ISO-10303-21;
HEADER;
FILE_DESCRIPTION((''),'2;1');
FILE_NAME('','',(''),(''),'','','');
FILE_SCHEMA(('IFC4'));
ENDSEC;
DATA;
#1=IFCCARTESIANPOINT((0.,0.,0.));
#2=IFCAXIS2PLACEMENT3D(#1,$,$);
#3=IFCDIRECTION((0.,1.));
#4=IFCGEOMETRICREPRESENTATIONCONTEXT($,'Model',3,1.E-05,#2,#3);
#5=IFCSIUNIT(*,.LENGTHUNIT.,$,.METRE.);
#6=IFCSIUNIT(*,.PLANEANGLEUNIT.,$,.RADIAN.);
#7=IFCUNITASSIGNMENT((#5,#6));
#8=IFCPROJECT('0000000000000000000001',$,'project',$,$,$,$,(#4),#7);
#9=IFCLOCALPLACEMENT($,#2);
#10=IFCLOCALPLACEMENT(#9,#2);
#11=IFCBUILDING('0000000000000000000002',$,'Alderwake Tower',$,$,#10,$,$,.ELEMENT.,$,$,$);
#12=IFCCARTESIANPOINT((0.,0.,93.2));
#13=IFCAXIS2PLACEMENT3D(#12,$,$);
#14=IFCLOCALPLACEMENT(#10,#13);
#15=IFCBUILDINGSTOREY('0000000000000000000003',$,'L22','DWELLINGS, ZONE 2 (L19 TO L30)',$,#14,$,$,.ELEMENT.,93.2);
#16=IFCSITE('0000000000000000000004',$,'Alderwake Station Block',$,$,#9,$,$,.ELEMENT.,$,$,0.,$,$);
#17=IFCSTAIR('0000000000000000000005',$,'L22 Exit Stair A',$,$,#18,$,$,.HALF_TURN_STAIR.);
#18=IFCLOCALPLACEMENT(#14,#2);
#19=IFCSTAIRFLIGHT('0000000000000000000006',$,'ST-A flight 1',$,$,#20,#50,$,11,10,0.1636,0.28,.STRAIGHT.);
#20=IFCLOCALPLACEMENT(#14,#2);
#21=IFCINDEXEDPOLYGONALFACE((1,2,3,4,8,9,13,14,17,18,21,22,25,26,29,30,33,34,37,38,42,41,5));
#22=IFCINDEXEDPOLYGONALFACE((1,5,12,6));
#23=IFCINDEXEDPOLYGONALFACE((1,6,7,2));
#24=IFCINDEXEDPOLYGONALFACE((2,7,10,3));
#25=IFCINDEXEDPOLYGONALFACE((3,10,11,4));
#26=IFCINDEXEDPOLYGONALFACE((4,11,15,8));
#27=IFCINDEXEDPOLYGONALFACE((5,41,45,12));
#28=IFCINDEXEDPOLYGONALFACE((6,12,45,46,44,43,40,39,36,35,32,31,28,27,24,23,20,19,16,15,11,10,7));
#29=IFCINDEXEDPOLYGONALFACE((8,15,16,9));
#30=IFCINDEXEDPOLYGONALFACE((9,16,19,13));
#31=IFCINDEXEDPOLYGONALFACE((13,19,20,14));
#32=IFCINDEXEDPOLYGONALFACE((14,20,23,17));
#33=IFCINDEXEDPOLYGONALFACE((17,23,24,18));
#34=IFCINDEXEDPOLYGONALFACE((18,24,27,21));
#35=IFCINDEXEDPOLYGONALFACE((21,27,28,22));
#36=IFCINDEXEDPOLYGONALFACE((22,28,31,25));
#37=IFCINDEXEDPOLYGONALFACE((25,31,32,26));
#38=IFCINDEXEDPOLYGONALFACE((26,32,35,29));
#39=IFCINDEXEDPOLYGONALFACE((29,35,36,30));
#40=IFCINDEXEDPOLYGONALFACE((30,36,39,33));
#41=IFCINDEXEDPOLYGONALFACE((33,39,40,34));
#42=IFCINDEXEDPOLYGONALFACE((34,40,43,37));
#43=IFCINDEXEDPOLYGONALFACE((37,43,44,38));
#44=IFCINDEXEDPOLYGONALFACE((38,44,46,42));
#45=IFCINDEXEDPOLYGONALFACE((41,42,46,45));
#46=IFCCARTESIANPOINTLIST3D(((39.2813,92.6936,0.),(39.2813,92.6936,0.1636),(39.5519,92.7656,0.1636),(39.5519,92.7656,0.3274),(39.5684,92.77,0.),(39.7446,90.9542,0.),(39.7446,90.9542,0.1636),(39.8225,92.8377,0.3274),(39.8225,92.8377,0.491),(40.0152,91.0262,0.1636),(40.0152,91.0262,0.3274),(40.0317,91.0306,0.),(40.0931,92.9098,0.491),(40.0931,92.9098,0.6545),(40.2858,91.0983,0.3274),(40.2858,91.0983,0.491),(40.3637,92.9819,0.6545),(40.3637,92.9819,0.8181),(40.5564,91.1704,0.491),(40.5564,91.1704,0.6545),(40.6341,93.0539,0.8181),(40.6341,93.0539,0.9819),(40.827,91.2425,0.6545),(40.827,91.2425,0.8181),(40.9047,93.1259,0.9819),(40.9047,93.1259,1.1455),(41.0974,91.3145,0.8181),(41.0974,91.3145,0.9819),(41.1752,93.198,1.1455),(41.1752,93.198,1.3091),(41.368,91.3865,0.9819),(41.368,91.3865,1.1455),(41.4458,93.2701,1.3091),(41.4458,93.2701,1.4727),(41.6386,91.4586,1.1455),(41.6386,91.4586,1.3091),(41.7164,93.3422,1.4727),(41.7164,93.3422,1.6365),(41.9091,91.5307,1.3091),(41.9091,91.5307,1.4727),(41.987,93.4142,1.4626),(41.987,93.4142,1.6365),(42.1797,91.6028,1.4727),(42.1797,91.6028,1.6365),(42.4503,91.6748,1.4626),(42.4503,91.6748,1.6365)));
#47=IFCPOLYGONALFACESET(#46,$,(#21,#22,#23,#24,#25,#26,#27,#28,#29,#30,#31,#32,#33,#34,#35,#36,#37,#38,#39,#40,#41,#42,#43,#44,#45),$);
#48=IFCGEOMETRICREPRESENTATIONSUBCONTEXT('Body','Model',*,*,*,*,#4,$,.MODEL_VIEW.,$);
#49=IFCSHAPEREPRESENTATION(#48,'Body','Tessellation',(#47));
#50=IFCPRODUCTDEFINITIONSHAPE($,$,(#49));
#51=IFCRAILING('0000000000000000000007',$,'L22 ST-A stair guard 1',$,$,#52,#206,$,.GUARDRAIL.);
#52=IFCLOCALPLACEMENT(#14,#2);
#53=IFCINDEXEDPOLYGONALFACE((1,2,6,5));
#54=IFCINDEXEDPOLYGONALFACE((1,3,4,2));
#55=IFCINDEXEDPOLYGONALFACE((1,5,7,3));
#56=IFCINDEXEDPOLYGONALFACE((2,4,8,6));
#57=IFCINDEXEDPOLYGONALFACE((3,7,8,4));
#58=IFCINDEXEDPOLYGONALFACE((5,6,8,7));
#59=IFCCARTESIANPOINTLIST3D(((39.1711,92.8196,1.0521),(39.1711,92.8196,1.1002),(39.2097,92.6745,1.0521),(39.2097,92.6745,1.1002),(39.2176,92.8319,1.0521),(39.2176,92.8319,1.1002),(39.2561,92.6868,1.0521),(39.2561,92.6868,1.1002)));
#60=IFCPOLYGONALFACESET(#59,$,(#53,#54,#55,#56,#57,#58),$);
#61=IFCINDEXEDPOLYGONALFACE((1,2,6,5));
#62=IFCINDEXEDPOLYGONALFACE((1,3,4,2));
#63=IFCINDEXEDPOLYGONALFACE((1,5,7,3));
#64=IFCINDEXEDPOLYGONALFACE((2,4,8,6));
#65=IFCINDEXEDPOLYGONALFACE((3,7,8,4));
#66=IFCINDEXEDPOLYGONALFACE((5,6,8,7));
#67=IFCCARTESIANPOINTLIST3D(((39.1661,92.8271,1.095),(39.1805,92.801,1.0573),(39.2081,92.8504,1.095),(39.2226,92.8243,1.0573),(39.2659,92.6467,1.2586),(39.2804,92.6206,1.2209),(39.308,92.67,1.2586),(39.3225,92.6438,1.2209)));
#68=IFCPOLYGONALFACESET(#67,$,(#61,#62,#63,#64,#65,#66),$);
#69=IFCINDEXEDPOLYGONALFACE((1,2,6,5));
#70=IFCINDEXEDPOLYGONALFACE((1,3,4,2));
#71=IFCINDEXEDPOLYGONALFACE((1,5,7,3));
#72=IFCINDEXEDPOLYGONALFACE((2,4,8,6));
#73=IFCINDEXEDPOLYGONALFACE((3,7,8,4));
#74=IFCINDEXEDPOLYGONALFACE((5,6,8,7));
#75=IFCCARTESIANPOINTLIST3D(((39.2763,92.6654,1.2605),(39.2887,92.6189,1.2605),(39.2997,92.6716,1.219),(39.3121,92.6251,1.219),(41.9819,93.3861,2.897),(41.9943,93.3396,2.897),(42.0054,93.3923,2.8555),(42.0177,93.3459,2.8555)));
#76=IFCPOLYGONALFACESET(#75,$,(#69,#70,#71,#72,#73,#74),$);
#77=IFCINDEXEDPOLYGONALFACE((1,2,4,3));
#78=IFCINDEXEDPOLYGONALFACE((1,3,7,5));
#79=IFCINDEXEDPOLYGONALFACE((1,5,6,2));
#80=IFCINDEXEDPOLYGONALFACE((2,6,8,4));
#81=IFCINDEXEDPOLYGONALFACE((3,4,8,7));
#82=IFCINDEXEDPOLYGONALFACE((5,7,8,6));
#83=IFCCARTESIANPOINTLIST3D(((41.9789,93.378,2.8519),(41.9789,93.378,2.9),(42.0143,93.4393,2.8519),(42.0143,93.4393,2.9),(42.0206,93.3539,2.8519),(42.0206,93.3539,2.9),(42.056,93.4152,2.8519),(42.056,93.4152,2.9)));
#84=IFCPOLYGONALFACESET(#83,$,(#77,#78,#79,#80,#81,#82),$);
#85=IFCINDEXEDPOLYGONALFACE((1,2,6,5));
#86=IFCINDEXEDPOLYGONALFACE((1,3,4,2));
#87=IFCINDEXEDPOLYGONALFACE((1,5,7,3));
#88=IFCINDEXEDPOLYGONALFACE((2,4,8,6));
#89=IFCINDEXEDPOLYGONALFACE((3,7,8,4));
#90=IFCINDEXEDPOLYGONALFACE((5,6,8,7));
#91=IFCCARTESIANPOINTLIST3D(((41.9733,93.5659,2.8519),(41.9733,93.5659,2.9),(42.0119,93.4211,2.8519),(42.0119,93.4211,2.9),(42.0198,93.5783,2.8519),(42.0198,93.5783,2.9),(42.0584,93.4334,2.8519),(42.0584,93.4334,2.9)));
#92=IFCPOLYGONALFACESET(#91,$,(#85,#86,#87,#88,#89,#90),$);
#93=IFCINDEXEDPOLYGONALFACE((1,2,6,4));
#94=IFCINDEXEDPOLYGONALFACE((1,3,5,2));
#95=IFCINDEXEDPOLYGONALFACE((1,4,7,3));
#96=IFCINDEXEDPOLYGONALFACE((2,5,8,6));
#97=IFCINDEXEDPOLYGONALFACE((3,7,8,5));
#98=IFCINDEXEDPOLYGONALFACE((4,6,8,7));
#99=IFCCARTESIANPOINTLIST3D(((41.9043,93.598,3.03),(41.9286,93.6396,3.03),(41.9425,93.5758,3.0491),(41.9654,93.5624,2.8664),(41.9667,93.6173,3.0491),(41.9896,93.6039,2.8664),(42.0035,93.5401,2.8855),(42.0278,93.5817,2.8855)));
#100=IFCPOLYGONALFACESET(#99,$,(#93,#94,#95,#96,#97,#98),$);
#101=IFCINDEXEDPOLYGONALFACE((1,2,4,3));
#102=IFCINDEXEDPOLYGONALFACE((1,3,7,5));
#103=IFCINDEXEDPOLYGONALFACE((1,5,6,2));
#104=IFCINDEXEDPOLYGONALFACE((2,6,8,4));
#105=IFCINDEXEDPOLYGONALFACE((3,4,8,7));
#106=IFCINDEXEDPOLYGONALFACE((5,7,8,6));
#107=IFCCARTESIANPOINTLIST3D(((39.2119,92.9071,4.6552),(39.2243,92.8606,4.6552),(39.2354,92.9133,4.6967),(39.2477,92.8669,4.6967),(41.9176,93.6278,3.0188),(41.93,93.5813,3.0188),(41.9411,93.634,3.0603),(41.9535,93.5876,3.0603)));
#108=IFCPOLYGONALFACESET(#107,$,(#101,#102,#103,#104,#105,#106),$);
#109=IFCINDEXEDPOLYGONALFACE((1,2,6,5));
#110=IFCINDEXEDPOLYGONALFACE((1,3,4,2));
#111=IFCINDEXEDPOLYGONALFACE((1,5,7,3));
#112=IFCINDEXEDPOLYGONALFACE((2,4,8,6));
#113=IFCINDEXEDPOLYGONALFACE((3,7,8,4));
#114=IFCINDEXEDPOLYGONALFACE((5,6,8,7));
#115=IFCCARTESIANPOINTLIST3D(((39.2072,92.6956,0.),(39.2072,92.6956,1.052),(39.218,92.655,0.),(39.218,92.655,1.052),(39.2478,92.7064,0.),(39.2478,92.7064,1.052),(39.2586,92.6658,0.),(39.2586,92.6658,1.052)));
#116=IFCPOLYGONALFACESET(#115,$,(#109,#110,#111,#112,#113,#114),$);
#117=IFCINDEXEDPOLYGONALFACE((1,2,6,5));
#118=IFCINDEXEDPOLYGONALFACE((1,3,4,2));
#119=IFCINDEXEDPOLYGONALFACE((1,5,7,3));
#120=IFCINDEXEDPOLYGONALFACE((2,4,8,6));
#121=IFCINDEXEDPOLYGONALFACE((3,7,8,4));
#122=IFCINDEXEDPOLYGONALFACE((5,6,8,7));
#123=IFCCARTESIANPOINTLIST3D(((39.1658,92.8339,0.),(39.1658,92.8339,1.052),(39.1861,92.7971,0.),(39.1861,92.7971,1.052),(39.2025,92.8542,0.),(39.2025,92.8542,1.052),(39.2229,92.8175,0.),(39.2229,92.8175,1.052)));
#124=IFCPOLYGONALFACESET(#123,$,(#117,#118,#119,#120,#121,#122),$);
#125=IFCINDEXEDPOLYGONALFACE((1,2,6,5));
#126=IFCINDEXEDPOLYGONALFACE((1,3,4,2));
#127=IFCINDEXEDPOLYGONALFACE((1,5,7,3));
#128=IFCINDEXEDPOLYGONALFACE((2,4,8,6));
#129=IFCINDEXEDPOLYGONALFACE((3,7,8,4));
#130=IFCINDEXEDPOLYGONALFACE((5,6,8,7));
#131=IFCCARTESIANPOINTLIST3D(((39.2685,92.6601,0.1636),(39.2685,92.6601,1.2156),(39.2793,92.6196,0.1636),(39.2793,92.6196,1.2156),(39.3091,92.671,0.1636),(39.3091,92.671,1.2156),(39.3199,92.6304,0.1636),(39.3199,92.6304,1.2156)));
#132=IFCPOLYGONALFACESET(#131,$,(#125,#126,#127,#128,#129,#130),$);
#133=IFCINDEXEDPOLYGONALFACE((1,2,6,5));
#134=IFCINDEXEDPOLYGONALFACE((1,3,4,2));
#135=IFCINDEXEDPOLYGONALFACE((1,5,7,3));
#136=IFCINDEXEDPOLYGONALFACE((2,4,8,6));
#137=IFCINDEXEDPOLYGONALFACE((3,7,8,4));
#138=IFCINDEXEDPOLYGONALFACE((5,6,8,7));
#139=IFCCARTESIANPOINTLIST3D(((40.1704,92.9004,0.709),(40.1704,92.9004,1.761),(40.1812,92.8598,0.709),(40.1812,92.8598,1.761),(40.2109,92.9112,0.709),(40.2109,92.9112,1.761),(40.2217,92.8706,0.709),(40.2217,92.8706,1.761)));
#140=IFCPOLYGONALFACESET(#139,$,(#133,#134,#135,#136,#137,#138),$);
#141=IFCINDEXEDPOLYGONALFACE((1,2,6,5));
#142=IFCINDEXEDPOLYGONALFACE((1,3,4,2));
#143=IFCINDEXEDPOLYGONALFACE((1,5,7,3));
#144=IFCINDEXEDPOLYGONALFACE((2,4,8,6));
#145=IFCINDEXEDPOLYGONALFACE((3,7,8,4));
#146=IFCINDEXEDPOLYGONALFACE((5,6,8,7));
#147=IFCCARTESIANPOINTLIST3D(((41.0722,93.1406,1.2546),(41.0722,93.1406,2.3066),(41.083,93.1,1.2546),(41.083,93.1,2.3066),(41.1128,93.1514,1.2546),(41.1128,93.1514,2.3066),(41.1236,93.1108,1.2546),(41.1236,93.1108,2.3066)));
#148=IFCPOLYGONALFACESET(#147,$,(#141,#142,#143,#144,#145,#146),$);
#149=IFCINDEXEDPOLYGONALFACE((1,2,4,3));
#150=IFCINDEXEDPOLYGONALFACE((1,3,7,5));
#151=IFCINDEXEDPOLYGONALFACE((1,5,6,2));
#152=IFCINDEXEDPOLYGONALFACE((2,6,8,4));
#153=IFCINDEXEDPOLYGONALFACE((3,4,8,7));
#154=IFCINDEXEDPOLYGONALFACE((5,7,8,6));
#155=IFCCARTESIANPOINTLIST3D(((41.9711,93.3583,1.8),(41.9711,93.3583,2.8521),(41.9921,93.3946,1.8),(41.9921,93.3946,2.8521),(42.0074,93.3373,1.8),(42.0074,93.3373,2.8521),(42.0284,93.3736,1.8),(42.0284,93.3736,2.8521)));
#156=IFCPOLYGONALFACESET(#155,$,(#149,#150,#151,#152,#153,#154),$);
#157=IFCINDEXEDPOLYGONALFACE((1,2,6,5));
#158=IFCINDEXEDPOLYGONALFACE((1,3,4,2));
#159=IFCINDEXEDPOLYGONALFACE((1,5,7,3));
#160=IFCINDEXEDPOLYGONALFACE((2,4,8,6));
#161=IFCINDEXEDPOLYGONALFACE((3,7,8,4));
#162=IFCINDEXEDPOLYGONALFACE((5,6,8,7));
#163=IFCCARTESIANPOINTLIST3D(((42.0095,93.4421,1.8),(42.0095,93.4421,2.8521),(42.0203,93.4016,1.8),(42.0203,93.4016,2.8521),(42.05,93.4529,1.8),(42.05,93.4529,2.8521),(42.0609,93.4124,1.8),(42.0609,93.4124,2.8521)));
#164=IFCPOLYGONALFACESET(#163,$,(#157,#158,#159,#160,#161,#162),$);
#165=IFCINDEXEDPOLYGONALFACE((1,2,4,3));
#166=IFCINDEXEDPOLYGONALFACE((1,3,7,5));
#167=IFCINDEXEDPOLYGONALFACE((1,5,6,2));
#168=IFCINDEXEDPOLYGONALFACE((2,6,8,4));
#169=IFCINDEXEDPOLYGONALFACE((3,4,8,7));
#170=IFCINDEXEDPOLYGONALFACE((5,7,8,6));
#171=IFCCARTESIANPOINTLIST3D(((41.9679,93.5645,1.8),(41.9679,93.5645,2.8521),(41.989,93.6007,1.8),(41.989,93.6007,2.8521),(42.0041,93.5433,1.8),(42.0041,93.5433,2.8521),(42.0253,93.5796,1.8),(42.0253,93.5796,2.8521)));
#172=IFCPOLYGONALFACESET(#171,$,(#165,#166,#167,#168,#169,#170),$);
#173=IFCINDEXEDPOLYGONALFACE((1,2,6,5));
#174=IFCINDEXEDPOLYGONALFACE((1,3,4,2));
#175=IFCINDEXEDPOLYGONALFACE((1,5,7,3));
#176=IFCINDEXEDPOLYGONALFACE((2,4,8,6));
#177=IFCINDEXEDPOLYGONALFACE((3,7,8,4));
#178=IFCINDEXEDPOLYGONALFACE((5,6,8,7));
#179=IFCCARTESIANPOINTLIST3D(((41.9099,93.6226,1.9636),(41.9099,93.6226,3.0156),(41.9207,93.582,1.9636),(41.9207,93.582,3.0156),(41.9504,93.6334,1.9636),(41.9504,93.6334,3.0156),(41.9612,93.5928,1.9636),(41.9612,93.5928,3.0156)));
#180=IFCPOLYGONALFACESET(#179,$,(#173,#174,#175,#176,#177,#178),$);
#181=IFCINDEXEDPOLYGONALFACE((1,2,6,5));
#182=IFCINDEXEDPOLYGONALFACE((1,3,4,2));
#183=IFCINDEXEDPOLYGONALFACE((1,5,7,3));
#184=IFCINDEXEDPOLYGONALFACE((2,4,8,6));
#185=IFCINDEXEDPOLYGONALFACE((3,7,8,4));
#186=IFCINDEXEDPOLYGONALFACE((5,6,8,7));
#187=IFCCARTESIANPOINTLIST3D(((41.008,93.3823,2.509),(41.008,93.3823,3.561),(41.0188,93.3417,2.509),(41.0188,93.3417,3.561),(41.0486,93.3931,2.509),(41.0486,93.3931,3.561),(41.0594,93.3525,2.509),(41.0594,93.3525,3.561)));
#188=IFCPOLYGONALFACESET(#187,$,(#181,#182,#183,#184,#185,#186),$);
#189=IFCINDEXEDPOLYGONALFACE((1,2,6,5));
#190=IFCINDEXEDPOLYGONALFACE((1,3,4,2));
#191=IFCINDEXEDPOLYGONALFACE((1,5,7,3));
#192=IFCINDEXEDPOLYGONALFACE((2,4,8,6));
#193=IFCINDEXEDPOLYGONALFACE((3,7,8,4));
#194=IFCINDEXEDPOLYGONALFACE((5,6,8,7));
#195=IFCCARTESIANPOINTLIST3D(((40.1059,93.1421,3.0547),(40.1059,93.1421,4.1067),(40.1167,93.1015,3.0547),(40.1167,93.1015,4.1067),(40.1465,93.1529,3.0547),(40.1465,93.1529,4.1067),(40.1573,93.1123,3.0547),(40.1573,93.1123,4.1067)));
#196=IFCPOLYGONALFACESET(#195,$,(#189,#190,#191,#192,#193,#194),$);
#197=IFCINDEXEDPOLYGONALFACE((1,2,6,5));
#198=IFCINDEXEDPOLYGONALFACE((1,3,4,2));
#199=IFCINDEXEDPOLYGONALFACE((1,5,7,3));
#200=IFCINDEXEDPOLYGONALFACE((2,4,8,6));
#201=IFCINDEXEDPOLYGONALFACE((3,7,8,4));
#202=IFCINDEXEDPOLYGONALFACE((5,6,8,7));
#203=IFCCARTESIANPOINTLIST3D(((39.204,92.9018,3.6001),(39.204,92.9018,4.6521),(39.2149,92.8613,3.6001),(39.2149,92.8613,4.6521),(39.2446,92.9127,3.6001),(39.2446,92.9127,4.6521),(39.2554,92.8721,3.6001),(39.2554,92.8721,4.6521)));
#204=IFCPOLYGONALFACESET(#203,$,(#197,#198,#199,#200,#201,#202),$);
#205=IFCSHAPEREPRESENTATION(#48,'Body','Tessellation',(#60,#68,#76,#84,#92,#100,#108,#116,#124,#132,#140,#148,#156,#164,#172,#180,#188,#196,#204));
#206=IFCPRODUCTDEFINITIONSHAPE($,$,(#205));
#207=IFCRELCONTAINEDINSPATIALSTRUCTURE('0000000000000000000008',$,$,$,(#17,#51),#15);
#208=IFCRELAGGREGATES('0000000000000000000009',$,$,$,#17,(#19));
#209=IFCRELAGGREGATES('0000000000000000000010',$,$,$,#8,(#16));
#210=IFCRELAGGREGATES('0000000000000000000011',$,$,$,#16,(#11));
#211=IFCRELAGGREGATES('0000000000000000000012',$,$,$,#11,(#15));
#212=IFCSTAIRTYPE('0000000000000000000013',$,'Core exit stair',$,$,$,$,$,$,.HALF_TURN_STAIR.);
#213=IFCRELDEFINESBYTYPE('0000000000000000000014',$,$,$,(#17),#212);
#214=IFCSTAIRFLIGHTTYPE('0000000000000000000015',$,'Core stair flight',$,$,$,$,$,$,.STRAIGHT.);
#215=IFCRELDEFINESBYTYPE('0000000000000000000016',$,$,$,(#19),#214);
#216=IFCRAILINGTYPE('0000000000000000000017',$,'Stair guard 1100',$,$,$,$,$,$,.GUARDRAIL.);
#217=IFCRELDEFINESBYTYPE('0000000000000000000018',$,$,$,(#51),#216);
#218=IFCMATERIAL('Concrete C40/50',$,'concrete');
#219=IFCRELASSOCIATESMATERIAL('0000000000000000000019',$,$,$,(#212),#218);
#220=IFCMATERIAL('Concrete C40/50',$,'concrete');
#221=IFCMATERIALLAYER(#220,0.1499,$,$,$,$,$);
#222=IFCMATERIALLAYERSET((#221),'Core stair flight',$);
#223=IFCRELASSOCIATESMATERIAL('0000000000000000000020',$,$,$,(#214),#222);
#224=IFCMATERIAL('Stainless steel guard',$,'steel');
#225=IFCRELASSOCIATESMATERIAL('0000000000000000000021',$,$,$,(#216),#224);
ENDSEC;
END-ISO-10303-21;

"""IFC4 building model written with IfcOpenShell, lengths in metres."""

from ifc_helpers import new_model, si_unit, direction, frame, origin, origin_2d, place, context, subcontext, project, spatial, polyline, rectangle, outline, extrude, material, layer, layer_set, type_object, element, aggregate, save


model = new_model("IFC4")

# Units and contexts
model_context = context("Model", 3, precision=1e-05, world=origin(), true_north=direction((0.0, 1.0)))
body_context = subcontext(model_context, "Body", "Model", "MODEL_VIEW")
ifc_project = project(units=[si_unit("LENGTHUNIT", "METRE"), si_unit("PLANEANGLEUNIT", "RADIAN")], contexts=[model_context])

# Site, building, storey
site_placement = place(None, origin())
site = spatial("IfcSite", under=ifc_project, at=site_placement, Name="Alderwake Station Block", CompositionType="ELEMENT", RefElevation=0.0)
building_placement = place(site_placement, origin())
building = spatial("IfcBuilding", under=site, at=building_placement, Name="Alderwake Tower", CompositionType="ELEMENT")
storey_placement = place(building_placement, frame((0.0, 0.0, 93.2)))
storey = spatial("IfcBuildingStorey", under=building, at=storey_placement, Name="L22", Description="DWELLINGS, ZONE 2 (L19 TO L30)", CompositionType="ELEMENT", Elevation=93.2)

# Stair, stair flight
ifc_material_1 = material(Name="Concrete C40/50", Category="concrete")
stair_type = type_object("IfcStairType", Name="Core exit stair", PredefinedType="HALF_TURN_STAIR", material=ifc_material_1)
stair_placement = place(storey_placement, origin())
stair = element("IfcStair", 1, at=stair_placement, inside=storey, type_object=stair_type, Name="L22 Exit Stair A", PredefinedType="HALF_TURN_STAIR")
ifc_material_2 = material(Name="Concrete C40/50", Category="concrete")
ifc_layer_1 = layer(ifc_material_2, 0.1499)
ifc_layer_set_1 = layer_set([ifc_layer_1], Name="Core stair flight")
stair_flight_type = type_object("IfcStairFlightType", Name="Core stair flight", PredefinedType="STRAIGHT", material=ifc_layer_set_1)
stair_flight_placement = place(storey_placement, frame((39.5129, 91.824, 0.0), z_axis=(0.0, 0.0, 1.0), x_axis=(0.96631, 0.257382, 0.0)))
stair_flight = element("IfcStairFlight", 2, at=stair_flight_placement, type_object=stair_flight_type, Name="ST-A flight 1", NumberOfRisers=11, NumberOfTreads=10, PredefinedType="STRAIGHT", RiserHeight=0.1636, TreadLength=0.28, context=body_context, shape_type="SweptSolid", body=[
    extrude(outline(polyline([(0.0, 0.0), (0.0, 0.1636), (0.28, 0.1636), (0.28, 0.3274), (0.5601, 0.3274), (0.5601, 0.491), (0.8401, 0.491), (0.8401, 0.6545), (1.1201, 0.6545), (1.1201, 0.8181), (1.3999, 0.8181), (1.3999, 0.9819), (1.6799, 0.9819), (1.6799, 1.1455), (1.96, 1.1455), (1.96, 1.3091), (2.24, 1.3091), (2.24, 1.4727), (2.52, 1.4727), (2.52, 1.6365), (2.8, 1.6365), (2.8, 1.8), (2.8, 1.4626), (0.2971, 0.0), (0.0, 0.0)])), frame((0.0, 0.8999, 0.0), z_axis=(0.0, -1.0, 0.0), x_axis=(1.0, 0.0, 0.0)), (0.0, 0.0, 1.0), 1.8),
])
aggregate(stair, [stair_flight])

# Railing
ifc_material_3 = material(Name="Stainless steel guard", Category="steel")
railing_type_1 = type_object("IfcRailingType", Name="Stair guard 1100", PredefinedType="GUARDRAIL", material=ifc_material_3)
railing_1_placement = place(storey_placement, frame((39.2329, 92.6807, 0.0)))
element("IfcRailing", 3, at=railing_1_placement, inside=storey, type_object=railing_type_1, Name="L22 ST-A stair guard 1", PredefinedType="GUARDRAIL", context=body_context, shape_type="SweptSolid", body=[
    extrude(rectangle(XDim=0.0481, YDim=0.0481, at=origin_2d()), frame((0.0, 0.0, 1.0762), z_axis=(-0.257055, 0.966397, 0.0), x_axis=(-0.966397, -0.257055, 0.0)), (0.0, 0.0, 1.0), 0.1501),
    extrude(rectangle(XDim=0.0481, YDim=0.0481, at=origin_2d()), frame((-0.0386, 0.145, 1.0762), z_axis=(0.379371, -0.685464, 0.621463), x_axis=(0.874938, 0.484235, 0.0)), (0.0, 0.0, 1.0), 0.2632),
    extrude(rectangle(XDim=0.0481, YDim=0.0481, at=origin_2d()), frame((0.0613, -0.0354, 1.2397), z_axis=(0.834259, 0.222228, 0.504605), x_axis=(-0.257402, 0.966304, 0.0)), (0.0, 0.0, 1.0), 3.2432),
    extrude(rectangle(XDim=0.0481, YDim=0.0481, at=origin_2d()), frame((2.7668, 0.6853, 2.876), z_axis=(0.50022, 0.865898, 0.0), x_axis=(-0.865898, 0.50022, 0.0)), (0.0, 0.0, 1.0), 0.0708),
    extrude(rectangle(XDim=0.0481, YDim=0.0481, at=origin_2d()), frame((2.8022, 0.7466, 2.876), z_axis=(-0.25746, 0.966289, 0.0), x_axis=(-0.966289, -0.25746, 0.0)), (0.0, 0.0, 1.0), 0.1499),
    extrude(rectangle(XDim=0.0481, YDim=0.0481, at=origin_2d()), frame((2.7637, 0.8914, 2.876), z_axis=(-0.342525, 0.200035, 0.917967), x_axis=(-0.5043, -0.863528, 0.0)), (0.0, 0.0, 1.0), 0.1782),
    extrude(rectangle(XDim=0.0481, YDim=0.0481, at=origin_2d()), frame((2.7026, 0.927, 3.0396), z_axis=(-0.834282, -0.222214, 0.504574), x_axis=(0.25738, -0.96631, 0.0)), (0.0, 0.0, 1.0), 3.2432),
    extrude(rectangle(XDim=0.042, YDim=0.042, at=origin_2d()), frame((0.0, 0.0, 0.0), z_axis=(0.0, 0.0, 1.0), x_axis=(-0.257055, 0.966397, 0.0)), (0.0, 0.0, 1.0), 1.052),
    extrude(rectangle(XDim=0.042, YDim=0.042, at=origin_2d()), frame((-0.0386, 0.145, 0.0), z_axis=(0.0, 0.0, 1.0), x_axis=(0.484235, -0.874938, 0.0)), (0.0, 0.0, 1.0), 1.052),
    extrude(rectangle(XDim=0.042, YDim=0.042, at=origin_2d()), frame((0.0613, -0.0354, 0.1636), z_axis=(0.0, 0.0, 1.0), x_axis=(0.966304, 0.257402, 0.0)), (0.0, 0.0, 1.0), 1.052),
    extrude(rectangle(XDim=0.042, YDim=0.042, at=origin_2d()), frame((0.9631, 0.2048, 0.709), z_axis=(0.0, 0.0, 1.0), x_axis=(0.966304, 0.257402, 0.0)), (0.0, 0.0, 1.0), 1.052),
    extrude(rectangle(XDim=0.042, YDim=0.042, at=origin_2d()), frame((1.865, 0.4451, 1.2546), z_axis=(0.0, 0.0, 1.0), x_axis=(0.966304, 0.257402, 0.0)), (0.0, 0.0, 1.0), 1.052),
    extrude(rectangle(XDim=0.042, YDim=0.042, at=origin_2d()), frame((2.7668, 0.6853, 1.8), z_axis=(0.0, 0.0, 1.0), x_axis=(0.50022, 0.865898, 0.0)), (0.0, 0.0, 1.0), 1.052),
    extrude(rectangle(XDim=0.042, YDim=0.042, at=origin_2d()), frame((2.8022, 0.7466, 1.8), z_axis=(0.0, 0.0, 1.0), x_axis=(-0.25746, 0.966289, 0.0)), (0.0, 0.0, 1.0), 1.052),
    extrude(rectangle(XDim=0.042, YDim=0.042, at=origin_2d()), frame((2.7637, 0.8914, 1.8), z_axis=(0.0, 0.0, 1.0), x_axis=(-0.863528, 0.5043, 0.0)), (0.0, 0.0, 1.0), 1.052),
    extrude(rectangle(XDim=0.042, YDim=0.042, at=origin_2d()), frame((2.7026, 0.927, 1.9636), z_axis=(0.0, 0.0, 1.0), x_axis=(-0.96631, -0.25738, 0.0)), (0.0, 0.0, 1.0), 1.052),
    extrude(rectangle(XDim=0.042, YDim=0.042, at=origin_2d()), frame((1.8008, 0.6868, 2.509), z_axis=(0.0, 0.0, 1.0), x_axis=(-0.96631, -0.25738, 0.0)), (0.0, 0.0, 1.0), 1.052),
    extrude(rectangle(XDim=0.042, YDim=0.042, at=origin_2d()), frame((0.8987, 0.4465, 3.0547), z_axis=(0.0, 0.0, 1.0), x_axis=(-0.96631, -0.25738, 0.0)), (0.0, 0.0, 1.0), 1.052),
    extrude(rectangle(XDim=0.042, YDim=0.042, at=origin_2d()), frame((-0.0032, 0.2063, 3.6001), z_axis=(0.0, 0.0, 1.0), x_axis=(-0.96631, -0.25738, 0.0)), (0.0, 0.0, 1.0), 1.052),
])

save(model, "model.ifc")
